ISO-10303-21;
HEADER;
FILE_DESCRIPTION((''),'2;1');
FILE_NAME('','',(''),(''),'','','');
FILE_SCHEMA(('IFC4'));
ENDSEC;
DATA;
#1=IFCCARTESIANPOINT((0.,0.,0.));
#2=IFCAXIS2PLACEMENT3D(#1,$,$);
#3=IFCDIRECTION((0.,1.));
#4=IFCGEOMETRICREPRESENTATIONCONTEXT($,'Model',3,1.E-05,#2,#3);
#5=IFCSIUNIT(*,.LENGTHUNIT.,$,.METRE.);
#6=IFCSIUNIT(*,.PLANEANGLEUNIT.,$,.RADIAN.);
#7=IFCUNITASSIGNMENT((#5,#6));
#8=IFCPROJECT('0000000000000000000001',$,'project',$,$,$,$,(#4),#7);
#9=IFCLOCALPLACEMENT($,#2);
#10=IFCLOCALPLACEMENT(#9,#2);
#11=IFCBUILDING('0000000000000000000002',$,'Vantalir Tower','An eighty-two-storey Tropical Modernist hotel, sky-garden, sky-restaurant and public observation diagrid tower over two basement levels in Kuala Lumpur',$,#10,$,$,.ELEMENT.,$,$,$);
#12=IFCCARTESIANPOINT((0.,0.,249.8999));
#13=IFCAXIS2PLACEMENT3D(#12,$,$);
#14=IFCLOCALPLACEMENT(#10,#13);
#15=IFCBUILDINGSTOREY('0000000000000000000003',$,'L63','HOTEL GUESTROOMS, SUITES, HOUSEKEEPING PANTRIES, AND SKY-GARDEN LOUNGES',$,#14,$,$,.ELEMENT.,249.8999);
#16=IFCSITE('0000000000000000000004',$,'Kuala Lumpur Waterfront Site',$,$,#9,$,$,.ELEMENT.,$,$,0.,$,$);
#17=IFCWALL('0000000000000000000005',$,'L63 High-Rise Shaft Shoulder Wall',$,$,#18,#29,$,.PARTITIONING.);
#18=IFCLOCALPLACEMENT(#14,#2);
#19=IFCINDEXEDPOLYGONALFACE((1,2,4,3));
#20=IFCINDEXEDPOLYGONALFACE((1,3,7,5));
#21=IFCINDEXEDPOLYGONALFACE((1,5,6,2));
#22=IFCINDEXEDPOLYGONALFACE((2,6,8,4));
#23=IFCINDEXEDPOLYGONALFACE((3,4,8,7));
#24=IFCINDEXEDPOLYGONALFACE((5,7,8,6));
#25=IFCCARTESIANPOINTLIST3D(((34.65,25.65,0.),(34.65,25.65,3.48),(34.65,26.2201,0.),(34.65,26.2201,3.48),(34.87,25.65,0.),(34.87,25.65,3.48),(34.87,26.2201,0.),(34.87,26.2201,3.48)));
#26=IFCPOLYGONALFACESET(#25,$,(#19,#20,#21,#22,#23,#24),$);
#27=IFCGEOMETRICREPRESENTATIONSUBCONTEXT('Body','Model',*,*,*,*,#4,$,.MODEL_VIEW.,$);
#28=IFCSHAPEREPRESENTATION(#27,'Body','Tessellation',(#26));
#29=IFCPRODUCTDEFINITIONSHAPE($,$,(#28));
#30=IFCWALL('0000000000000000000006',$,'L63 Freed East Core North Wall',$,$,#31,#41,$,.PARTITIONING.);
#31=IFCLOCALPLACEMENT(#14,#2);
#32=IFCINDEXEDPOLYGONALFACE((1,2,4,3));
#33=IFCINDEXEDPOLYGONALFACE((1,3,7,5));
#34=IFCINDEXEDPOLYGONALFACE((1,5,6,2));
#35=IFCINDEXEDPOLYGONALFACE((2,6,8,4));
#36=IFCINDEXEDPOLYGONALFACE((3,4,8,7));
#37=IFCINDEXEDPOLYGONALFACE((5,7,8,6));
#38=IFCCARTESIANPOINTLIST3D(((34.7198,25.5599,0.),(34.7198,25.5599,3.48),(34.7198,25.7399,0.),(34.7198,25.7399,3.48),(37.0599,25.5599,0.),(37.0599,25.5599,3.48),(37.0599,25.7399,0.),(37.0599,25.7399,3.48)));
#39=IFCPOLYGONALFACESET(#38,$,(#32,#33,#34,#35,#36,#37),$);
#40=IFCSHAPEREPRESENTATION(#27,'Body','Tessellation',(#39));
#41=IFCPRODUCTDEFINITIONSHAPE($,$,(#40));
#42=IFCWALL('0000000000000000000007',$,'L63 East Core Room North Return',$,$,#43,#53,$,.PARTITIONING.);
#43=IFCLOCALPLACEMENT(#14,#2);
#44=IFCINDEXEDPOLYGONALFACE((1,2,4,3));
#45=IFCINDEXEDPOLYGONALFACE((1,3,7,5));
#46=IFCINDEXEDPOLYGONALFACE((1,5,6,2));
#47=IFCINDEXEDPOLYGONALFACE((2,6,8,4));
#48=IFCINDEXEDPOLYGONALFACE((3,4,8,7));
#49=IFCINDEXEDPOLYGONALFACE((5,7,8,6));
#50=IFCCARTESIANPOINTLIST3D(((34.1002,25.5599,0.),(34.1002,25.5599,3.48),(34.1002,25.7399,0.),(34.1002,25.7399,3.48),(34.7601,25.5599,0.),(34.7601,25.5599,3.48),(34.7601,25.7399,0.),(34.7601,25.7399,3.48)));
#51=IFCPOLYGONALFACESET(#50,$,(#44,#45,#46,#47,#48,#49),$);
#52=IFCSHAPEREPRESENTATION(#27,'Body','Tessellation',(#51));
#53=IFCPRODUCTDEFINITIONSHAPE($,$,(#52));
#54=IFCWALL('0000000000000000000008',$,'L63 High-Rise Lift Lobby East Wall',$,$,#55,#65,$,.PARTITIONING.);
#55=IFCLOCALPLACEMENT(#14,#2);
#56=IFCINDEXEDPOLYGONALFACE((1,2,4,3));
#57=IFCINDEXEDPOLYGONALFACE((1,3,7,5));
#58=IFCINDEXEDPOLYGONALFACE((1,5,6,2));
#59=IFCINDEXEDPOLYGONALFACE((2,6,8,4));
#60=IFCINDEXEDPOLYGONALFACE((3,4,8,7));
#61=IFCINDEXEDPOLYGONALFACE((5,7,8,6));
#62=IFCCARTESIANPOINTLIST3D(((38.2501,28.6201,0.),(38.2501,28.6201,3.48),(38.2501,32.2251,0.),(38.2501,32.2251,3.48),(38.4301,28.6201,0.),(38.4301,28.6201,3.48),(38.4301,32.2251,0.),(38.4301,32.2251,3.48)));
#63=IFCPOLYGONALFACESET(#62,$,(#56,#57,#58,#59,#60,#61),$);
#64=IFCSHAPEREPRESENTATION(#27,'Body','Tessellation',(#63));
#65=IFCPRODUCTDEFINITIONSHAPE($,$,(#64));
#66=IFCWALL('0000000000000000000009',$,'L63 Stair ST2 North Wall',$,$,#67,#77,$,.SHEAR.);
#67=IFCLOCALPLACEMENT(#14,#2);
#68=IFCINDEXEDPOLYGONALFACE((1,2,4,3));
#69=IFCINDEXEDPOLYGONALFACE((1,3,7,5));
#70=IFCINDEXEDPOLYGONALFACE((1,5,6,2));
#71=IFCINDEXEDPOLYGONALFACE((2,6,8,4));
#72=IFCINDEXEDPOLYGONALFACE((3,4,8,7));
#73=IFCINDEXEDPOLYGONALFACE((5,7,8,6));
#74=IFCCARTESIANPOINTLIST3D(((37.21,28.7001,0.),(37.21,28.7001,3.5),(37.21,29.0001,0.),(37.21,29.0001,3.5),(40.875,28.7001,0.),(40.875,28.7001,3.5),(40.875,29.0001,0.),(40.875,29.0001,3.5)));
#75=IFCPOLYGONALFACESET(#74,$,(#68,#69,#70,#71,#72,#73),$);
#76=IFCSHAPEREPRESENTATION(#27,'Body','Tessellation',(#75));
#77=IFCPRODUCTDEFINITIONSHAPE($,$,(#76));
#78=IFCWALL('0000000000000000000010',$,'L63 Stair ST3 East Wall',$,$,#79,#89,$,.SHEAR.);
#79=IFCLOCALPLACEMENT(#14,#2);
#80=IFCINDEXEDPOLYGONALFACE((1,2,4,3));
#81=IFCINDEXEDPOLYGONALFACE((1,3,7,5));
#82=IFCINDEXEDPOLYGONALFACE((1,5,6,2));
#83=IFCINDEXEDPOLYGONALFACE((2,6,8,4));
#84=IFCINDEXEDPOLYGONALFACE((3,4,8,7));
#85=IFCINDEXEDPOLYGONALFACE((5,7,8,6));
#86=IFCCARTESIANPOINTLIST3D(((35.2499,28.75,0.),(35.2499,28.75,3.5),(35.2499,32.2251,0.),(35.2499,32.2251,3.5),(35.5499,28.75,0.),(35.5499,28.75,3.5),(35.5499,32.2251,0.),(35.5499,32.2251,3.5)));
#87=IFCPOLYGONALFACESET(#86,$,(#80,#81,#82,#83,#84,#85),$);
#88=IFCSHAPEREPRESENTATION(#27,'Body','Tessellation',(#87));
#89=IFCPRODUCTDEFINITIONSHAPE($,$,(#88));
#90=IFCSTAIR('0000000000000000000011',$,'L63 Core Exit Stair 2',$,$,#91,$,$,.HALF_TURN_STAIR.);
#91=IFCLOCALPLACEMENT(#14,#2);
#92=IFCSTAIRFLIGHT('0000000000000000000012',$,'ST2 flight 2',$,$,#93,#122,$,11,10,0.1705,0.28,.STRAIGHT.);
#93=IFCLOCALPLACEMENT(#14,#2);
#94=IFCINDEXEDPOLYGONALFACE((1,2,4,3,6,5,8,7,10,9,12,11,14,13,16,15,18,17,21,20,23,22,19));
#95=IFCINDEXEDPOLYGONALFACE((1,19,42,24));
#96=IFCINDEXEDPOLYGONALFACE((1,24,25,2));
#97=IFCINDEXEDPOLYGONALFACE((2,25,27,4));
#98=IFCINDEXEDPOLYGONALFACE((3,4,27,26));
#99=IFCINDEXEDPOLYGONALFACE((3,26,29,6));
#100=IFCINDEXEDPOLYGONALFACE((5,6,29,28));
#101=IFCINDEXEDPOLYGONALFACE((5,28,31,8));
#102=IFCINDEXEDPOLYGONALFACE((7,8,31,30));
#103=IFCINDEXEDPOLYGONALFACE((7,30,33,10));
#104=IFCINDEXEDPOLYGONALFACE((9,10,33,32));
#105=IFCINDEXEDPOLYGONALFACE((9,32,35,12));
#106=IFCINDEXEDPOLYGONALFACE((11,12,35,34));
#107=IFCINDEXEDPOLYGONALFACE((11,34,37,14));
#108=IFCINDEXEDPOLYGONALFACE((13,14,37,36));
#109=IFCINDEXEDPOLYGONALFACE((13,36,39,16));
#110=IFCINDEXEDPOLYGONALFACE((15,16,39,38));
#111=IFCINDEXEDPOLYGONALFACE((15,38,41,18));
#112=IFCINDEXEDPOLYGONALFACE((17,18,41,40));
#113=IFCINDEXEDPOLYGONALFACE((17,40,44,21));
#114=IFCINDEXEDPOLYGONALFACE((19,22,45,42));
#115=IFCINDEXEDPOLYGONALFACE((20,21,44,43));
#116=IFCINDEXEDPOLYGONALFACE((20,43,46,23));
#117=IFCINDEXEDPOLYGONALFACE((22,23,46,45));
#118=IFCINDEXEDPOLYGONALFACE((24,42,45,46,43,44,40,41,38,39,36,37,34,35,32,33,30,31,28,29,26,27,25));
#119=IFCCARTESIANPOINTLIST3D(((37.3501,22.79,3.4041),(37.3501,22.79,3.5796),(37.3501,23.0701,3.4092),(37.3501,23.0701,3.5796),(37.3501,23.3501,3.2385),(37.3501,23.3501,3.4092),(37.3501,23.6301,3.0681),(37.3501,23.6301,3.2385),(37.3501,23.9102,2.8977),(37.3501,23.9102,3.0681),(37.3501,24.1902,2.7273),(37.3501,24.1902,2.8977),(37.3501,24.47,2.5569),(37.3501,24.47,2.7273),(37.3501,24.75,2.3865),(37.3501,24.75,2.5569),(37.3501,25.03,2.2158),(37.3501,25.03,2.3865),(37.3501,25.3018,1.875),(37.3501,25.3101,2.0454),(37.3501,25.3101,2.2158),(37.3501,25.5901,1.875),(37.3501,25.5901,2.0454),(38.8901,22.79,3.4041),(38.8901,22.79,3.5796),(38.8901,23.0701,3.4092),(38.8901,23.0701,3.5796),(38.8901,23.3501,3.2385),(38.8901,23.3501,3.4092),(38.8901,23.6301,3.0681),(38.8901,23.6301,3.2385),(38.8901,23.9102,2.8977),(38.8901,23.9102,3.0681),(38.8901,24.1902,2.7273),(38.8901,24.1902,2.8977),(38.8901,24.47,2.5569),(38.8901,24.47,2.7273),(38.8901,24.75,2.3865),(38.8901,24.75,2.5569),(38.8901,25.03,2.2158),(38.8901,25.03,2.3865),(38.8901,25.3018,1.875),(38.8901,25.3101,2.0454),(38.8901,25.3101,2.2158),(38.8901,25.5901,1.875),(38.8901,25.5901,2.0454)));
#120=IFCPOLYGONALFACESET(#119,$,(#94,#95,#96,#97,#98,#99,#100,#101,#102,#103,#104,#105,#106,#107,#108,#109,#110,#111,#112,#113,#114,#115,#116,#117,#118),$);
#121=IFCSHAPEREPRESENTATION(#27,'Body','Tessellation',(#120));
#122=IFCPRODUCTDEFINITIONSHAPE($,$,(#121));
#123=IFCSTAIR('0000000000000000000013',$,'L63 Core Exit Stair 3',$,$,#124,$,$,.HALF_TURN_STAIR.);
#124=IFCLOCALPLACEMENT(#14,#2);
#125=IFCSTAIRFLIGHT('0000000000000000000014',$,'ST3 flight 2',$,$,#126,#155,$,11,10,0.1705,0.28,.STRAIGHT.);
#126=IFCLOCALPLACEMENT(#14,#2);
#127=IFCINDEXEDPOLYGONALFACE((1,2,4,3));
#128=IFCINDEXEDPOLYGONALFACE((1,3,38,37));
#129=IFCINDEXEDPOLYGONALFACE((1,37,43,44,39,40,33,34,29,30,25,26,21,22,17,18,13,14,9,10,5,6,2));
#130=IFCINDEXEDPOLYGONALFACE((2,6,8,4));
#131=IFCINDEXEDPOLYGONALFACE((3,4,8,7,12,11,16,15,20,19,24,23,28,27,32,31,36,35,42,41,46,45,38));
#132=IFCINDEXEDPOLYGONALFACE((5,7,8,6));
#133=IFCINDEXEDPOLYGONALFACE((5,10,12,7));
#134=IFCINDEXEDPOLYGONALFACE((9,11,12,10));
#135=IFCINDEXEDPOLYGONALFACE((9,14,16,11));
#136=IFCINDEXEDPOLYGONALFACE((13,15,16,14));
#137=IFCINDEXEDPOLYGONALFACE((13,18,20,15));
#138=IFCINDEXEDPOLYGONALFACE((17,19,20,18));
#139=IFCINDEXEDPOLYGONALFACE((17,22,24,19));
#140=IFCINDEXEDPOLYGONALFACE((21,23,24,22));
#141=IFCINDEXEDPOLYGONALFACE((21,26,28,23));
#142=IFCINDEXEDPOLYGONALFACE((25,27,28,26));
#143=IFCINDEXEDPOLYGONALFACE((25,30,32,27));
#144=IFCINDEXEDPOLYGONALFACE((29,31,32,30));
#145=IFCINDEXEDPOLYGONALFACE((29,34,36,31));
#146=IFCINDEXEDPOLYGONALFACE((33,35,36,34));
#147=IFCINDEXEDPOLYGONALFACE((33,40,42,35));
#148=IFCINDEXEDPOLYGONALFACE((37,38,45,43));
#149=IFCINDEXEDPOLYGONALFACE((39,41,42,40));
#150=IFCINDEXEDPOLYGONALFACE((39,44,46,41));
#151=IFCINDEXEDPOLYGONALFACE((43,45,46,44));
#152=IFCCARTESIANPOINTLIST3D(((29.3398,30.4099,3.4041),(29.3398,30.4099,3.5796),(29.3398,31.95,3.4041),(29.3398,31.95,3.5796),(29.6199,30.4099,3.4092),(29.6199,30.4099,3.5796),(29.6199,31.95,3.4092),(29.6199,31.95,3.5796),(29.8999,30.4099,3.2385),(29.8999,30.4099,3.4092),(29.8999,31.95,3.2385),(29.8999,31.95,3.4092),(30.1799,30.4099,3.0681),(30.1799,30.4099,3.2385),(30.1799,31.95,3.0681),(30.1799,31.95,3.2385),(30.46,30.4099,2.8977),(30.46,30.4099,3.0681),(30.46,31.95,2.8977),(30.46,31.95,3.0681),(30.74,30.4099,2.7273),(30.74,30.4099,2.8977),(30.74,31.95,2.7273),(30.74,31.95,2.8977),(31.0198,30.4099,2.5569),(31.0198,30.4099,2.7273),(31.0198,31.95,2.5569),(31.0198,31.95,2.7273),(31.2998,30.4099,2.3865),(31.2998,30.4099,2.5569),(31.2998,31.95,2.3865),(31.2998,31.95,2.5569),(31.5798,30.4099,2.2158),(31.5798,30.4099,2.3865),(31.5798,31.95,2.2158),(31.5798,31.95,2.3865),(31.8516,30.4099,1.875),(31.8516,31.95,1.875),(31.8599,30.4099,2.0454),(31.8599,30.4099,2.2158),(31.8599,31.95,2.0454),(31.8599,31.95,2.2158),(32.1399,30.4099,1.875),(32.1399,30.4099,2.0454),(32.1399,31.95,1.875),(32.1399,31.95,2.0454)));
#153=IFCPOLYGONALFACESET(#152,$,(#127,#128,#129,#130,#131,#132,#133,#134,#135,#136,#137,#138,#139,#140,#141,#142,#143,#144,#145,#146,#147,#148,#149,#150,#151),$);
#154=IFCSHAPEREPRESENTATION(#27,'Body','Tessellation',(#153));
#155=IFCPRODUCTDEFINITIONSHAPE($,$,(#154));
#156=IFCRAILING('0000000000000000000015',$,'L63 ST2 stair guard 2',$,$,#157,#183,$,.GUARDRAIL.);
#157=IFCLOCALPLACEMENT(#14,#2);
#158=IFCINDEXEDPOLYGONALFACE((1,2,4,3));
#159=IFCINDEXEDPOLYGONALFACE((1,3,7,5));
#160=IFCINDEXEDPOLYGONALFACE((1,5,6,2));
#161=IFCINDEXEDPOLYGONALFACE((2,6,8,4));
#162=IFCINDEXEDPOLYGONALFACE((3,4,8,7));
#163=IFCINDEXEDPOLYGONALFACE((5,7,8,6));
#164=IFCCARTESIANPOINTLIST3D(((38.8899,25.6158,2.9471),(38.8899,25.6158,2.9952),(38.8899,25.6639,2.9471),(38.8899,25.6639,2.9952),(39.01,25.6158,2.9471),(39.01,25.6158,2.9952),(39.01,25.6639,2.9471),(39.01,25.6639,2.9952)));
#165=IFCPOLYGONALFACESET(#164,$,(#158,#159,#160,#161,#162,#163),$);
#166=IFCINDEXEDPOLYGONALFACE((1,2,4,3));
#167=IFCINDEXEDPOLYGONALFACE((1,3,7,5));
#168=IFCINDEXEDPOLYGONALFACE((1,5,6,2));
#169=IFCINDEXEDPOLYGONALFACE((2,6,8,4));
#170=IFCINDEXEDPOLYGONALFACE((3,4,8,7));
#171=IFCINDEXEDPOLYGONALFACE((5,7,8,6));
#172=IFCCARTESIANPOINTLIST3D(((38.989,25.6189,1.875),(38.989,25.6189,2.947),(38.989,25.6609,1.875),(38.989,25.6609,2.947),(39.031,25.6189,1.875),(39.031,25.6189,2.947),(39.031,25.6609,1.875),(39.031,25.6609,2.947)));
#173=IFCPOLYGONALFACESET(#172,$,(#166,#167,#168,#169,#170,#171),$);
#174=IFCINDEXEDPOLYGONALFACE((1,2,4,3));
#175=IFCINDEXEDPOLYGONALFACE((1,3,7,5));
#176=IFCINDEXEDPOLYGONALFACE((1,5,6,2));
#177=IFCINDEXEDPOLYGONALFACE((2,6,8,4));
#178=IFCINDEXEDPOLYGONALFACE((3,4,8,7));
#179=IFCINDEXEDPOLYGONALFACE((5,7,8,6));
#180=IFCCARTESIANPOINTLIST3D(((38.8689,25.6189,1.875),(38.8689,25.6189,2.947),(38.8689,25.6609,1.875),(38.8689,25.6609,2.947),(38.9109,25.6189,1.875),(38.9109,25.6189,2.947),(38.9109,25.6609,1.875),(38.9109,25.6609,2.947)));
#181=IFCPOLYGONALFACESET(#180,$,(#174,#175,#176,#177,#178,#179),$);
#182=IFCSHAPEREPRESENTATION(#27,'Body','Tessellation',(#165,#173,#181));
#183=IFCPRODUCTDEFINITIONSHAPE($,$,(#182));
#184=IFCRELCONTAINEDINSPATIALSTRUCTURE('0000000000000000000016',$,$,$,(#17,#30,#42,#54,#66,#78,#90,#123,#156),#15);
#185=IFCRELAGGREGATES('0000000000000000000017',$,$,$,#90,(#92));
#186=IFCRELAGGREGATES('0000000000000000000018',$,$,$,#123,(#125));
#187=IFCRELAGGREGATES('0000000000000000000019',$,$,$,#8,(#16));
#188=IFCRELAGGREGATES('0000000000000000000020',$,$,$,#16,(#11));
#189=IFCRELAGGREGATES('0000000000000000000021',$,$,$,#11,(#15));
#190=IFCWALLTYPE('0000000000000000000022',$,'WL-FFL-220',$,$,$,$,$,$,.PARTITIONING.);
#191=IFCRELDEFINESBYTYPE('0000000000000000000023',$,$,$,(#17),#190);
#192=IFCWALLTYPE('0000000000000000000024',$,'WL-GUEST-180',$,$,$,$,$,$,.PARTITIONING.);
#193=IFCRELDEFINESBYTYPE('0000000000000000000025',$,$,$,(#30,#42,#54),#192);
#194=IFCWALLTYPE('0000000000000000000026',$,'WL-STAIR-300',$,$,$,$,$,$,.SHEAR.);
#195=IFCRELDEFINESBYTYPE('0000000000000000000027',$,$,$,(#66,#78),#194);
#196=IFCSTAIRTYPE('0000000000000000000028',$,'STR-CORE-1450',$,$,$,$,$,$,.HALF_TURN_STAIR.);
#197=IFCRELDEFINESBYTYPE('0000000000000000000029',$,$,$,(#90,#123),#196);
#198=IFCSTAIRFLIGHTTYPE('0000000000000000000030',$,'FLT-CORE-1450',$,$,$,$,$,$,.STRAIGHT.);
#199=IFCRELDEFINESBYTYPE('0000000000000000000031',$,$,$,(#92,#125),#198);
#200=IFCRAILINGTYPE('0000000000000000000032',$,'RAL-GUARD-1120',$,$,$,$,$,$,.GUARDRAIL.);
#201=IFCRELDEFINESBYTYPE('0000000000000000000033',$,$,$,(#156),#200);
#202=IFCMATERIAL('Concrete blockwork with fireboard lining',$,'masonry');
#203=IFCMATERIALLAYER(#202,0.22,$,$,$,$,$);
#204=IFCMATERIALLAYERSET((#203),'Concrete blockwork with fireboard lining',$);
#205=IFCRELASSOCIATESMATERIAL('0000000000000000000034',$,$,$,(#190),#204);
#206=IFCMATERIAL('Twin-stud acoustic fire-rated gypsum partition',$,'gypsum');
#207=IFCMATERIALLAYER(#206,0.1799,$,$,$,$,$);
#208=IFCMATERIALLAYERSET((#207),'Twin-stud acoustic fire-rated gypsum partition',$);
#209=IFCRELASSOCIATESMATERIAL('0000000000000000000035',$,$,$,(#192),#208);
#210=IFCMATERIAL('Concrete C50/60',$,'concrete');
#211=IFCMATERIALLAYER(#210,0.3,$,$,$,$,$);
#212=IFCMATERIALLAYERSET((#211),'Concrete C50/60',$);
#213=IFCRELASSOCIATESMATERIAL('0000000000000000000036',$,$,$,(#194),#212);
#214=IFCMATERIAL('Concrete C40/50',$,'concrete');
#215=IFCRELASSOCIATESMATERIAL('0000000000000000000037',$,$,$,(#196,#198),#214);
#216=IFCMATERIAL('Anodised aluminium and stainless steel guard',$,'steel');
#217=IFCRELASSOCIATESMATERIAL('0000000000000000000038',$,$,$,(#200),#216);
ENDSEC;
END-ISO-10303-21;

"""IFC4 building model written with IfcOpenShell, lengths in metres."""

from ifc_helpers import new_model, si_unit, direction, frame, frame_2d, origin, origin_2d, place, context, subcontext, project, spatial, polyline, rectangle, outline, extrude, material, layer, layer_set, type_object, element, aggregate, save


model = new_model("IFC4")

# Units and contexts
model_context = context("Model", 3, precision=1e-05, world=origin(), true_north=direction((0.0, 1.0)))
body_context = subcontext(model_context, "Body", "Model", "MODEL_VIEW")
ifc_project = project(units=[si_unit("LENGTHUNIT", "METRE"), si_unit("PLANEANGLEUNIT", "RADIAN")], contexts=[model_context])

# Site, building, storey
site_placement = place(None, origin())
site = spatial("IfcSite", under=ifc_project, at=site_placement, Name="Kuala Lumpur Waterfront Site", CompositionType="ELEMENT", RefElevation=0.0)
building_placement = place(site_placement, origin())
building = spatial("IfcBuilding", under=site, at=building_placement, Name="Vantalir Tower", Description="An eighty-two-storey Tropical Modernist hotel, sky-garden, sky-restaurant and public observation diagrid tower over two basement levels in Kuala Lumpur", CompositionType="ELEMENT")
storey_placement = place(building_placement, frame((0.0, 0.0, 249.8999)))
storey = spatial("IfcBuildingStorey", under=building, at=storey_placement, Name="L63", Description="HOTEL GUESTROOMS, SUITES, HOUSEKEEPING PANTRIES, AND SKY-GARDEN LOUNGES", CompositionType="ELEMENT", Elevation=249.8999)

# Shared definitions
ifc_material_1 = material(Name="Concrete C50/60", Category="concrete")

# Shared definitions
ifc_material_2 = material(Name="Concrete blockwork with fireboard lining", Category="masonry")
ifc_layer_1 = layer(ifc_material_2, 0.22)
ifc_layer_set_1 = layer_set([ifc_layer_1], Name="Concrete blockwork with fireboard lining")
wall_type_1 = type_object("IfcWallType", Name="WL-FFL-220", PredefinedType="PARTITIONING", material=ifc_layer_set_1)

# Walls
wall_1_placement = place(storey_placement, frame((34.76, 25.6499, 0.0), z_axis=(0.0, 0.0, 1.0), x_axis=(0.0, 1.0, 0.0)))
element("IfcWall", 1, at=wall_1_placement, inside=storey, type_object=wall_type_1, Name="L63 High-Rise Shaft Shoulder Wall", PredefinedType="PARTITIONING", context=body_context, shape_type="SweptSolid", body=[
    extrude(rectangle(XDim=0.5701, YDim=0.22, at=frame_2d((0.2852, 0.0))), origin(), (0.0, 0.0, 1.0), 3.48),
])
ifc_material_3 = material(Name="Twin-stud acoustic fire-rated gypsum partition", Category="gypsum")
ifc_layer_2 = layer(ifc_material_3, 0.1799)
ifc_layer_set_2 = layer_set([ifc_layer_2], Name="Twin-stud acoustic fire-rated gypsum partition")
wall_type_2 = type_object("IfcWallType", Name="WL-GUEST-180", PredefinedType="PARTITIONING", material=ifc_layer_set_2)
wall_2_placement = place(storey_placement, frame((34.72, 25.6499, 0.0), z_axis=(0.0, 0.0, 1.0), x_axis=(1.0, 0.0, 0.0)))
element("IfcWall", 2, at=wall_2_placement, inside=storey, type_object=wall_type_2, Name="L63 Freed East Core North Wall", PredefinedType="PARTITIONING", context=body_context, shape_type="SweptSolid", body=[
    extrude(rectangle(XDim=2.3401, YDim=0.1799, at=frame_2d((1.1699, 0.0))), origin(), (0.0, 0.0, 1.0), 3.48),
])
wall_3_placement = place(storey_placement, frame((34.1001, 25.6499, 0.0), z_axis=(0.0, 0.0, 1.0), x_axis=(1.0, 0.0, 0.0)))
element("IfcWall", 3, at=wall_3_placement, inside=storey, type_object=wall_type_2, Name="L63 East Core Room North Return", PredefinedType="PARTITIONING", context=body_context, shape_type="SweptSolid", body=[
    extrude(rectangle(XDim=0.6599, YDim=0.1799, at=frame_2d((0.3301, 0.0))), origin(), (0.0, 0.0, 1.0), 3.48),
])
wall_4_placement = place(storey_placement, frame((38.3401, 28.6201, 0.0), z_axis=(0.0, 0.0, 1.0), x_axis=(0.0, 1.0, 0.0)))
element("IfcWall", 4, at=wall_4_placement, inside=storey, type_object=wall_type_2, Name="L63 High-Rise Lift Lobby East Wall", PredefinedType="PARTITIONING", context=body_context, shape_type="SweptSolid", body=[
    extrude(rectangle(XDim=3.605, YDim=0.1799, at=frame_2d((1.8025, 0.0))), origin(), (0.0, 0.0, 1.0), 3.48),
])
ifc_layer_3 = layer(ifc_material_1, 0.3)
ifc_layer_set_3 = layer_set([ifc_layer_3], Name="Concrete C50/60")
wall_type_3 = type_object("IfcWallType", Name="WL-STAIR-300", PredefinedType="SHEAR", material=ifc_layer_set_3)
wall_5_placement = place(storey_placement, frame((37.21, 28.8501, 0.0), z_axis=(0.0, 0.0, 1.0), x_axis=(1.0, 0.0, 0.0)))
element("IfcWall", 5, at=wall_5_placement, inside=storey, type_object=wall_type_3, Name="L63 Stair ST2 North Wall", PredefinedType="SHEAR", context=body_context, shape_type="SweptSolid", body=[
    extrude(rectangle(XDim=3.665, YDim=0.3, at=frame_2d((1.8325, 0.0))), origin(), (0.0, 0.0, 1.0), 3.5),
])
wall_6_placement = place(storey_placement, frame((35.3999, 28.75, 0.0), z_axis=(0.0, 0.0, 1.0), x_axis=(0.0, 1.0, 0.0)))
element("IfcWall", 6, at=wall_6_placement, inside=storey, type_object=wall_type_3, Name="L63 Stair ST3 East Wall", PredefinedType="SHEAR", context=body_context, shape_type="SweptSolid", body=[
    extrude(rectangle(XDim=3.4751, YDim=0.3, at=frame_2d((1.7375, 0.0))), origin(), (0.0, 0.0, 1.0), 3.5),
])

# Stairs, stair flights
ifc_material_4 = material(Name="Concrete C40/50", Category="concrete")
stair_type = type_object("IfcStairType", Name="STR-CORE-1450", PredefinedType="HALF_TURN_STAIR", material=ifc_material_4)
stair_1_placement = place(storey_placement, origin())
stair_1 = element("IfcStair", 7, at=stair_1_placement, inside=storey, type_object=stair_type, Name="L63 Core Exit Stair 2", PredefinedType="HALF_TURN_STAIR")
stair_flight_type = type_object("IfcStairFlightType", Name="FLT-CORE-1450", PredefinedType="STRAIGHT", material=ifc_material_4)
stair_flight_1_placement = place(storey_placement, frame((38.1201, 25.5901, 1.875), z_axis=(0.0, 0.0, 1.0), x_axis=(0.0, -1.0, 0.0)))
stair_flight_1 = element("IfcStairFlight", 8, at=stair_flight_1_placement, type_object=stair_flight_type, Name="ST2 flight 2", NumberOfRisers=11, NumberOfTreads=10, PredefinedType="STRAIGHT", RiserHeight=0.1705, TreadLength=0.28, context=body_context, shape_type="SweptSolid", body=[
    extrude(outline(polyline([(0.0, 0.0), (0.0, 0.1704), (0.28, 0.1704), (0.28, 0.3408), (0.5601, 0.3408), (0.5601, 0.5115), (0.8401, 0.5115), (0.8401, 0.6819), (1.1201, 0.6819), (1.1201, 0.8523), (1.3999, 0.8523), (1.3999, 1.0227), (1.6799, 1.0227), (1.6799, 1.1931), (1.96, 1.1931), (1.96, 1.3635), (2.24, 1.3635), (2.24, 1.5342), (2.52, 1.5342), (2.52, 1.7046), (2.8, 1.7046), (2.8, 1.875), (2.8, 1.5291), (0.2883, 0.0), (0.0, 0.0)])), frame((0.0, 0.77, 0.0), z_axis=(0.0, -1.0, 0.0), x_axis=(1.0, 0.0, 0.0)), (0.0, 0.0, 1.0), 1.54),
])
aggregate(stair_1, [stair_flight_1])
stair_2_placement = place(storey_placement, origin())
stair_2 = element("IfcStair", 9, at=stair_2_placement, inside=storey, type_object=stair_type, Name="L63 Core Exit Stair 3", PredefinedType="HALF_TURN_STAIR")
stair_flight_2_placement = place(storey_placement, frame((32.1399, 31.1799, 1.875), z_axis=(0.0, 0.0, 1.0), x_axis=(-1.0, 0.0, 0.0)))
stair_flight_2 = element("IfcStairFlight", 10, at=stair_flight_2_placement, type_object=stair_flight_type, Name="ST3 flight 2", NumberOfRisers=11, NumberOfTreads=10, PredefinedType="STRAIGHT", RiserHeight=0.1705, TreadLength=0.28, context=body_context, shape_type="SweptSolid", body=[
    extrude(outline(polyline([(0.0, 0.0), (0.0, 0.1704), (0.28, 0.1704), (0.28, 0.3408), (0.5601, 0.3408), (0.5601, 0.5115), (0.8401, 0.5115), (0.8401, 0.6819), (1.1201, 0.6819), (1.1201, 0.8523), (1.3999, 0.8523), (1.3999, 1.0227), (1.6799, 1.0227), (1.6799, 1.1931), (1.96, 1.1931), (1.96, 1.3635), (2.24, 1.3635), (2.24, 1.5342), (2.52, 1.5342), (2.52, 1.7046), (2.8, 1.7046), (2.8, 1.875), (2.8, 1.5291), (0.2883, 0.0), (0.0, 0.0)])), frame((0.0, 0.77, 0.0), z_axis=(0.0, -1.0, 0.0), x_axis=(1.0, 0.0, 0.0)), (0.0, 0.0, 1.0), 1.54),
])
aggregate(stair_2, [stair_flight_2])

# Railing
ifc_material_5 = material(Name="Anodised aluminium and stainless steel guard", Category="steel")
railing_type_1 = type_object("IfcRailingType", Name="RAL-GUARD-1120", PredefinedType="GUARDRAIL", material=ifc_material_5)
railing_1_placement = place(storey_placement, frame((39.01, 25.6399, 1.875)))
element("IfcRailing", 11, at=railing_1_placement, inside=storey, type_object=railing_type_1, Name="L63 ST2 stair guard 2", PredefinedType="GUARDRAIL", context=body_context, shape_type="SweptSolid", body=[
    extrude(rectangle(XDim=0.0481, YDim=0.0481, at=origin_2d()), frame((0.0, 0.0, 1.0962), z_axis=(-1.0, 0.0, 0.0), x_axis=(0.0, -1.0, 0.0)), (0.0, 0.0, 1.0), 0.1201),
    extrude(rectangle(XDim=0.042, YDim=0.042, at=origin_2d()), origin(), (0.0, 0.0, 1.0), 1.072),
    extrude(rectangle(XDim=0.042, YDim=0.042, at=origin_2d()), frame((-0.1201, 0.0, 0.0)), (0.0, 0.0, 1.0), 1.072),
])

save(model, "model.ifc")
